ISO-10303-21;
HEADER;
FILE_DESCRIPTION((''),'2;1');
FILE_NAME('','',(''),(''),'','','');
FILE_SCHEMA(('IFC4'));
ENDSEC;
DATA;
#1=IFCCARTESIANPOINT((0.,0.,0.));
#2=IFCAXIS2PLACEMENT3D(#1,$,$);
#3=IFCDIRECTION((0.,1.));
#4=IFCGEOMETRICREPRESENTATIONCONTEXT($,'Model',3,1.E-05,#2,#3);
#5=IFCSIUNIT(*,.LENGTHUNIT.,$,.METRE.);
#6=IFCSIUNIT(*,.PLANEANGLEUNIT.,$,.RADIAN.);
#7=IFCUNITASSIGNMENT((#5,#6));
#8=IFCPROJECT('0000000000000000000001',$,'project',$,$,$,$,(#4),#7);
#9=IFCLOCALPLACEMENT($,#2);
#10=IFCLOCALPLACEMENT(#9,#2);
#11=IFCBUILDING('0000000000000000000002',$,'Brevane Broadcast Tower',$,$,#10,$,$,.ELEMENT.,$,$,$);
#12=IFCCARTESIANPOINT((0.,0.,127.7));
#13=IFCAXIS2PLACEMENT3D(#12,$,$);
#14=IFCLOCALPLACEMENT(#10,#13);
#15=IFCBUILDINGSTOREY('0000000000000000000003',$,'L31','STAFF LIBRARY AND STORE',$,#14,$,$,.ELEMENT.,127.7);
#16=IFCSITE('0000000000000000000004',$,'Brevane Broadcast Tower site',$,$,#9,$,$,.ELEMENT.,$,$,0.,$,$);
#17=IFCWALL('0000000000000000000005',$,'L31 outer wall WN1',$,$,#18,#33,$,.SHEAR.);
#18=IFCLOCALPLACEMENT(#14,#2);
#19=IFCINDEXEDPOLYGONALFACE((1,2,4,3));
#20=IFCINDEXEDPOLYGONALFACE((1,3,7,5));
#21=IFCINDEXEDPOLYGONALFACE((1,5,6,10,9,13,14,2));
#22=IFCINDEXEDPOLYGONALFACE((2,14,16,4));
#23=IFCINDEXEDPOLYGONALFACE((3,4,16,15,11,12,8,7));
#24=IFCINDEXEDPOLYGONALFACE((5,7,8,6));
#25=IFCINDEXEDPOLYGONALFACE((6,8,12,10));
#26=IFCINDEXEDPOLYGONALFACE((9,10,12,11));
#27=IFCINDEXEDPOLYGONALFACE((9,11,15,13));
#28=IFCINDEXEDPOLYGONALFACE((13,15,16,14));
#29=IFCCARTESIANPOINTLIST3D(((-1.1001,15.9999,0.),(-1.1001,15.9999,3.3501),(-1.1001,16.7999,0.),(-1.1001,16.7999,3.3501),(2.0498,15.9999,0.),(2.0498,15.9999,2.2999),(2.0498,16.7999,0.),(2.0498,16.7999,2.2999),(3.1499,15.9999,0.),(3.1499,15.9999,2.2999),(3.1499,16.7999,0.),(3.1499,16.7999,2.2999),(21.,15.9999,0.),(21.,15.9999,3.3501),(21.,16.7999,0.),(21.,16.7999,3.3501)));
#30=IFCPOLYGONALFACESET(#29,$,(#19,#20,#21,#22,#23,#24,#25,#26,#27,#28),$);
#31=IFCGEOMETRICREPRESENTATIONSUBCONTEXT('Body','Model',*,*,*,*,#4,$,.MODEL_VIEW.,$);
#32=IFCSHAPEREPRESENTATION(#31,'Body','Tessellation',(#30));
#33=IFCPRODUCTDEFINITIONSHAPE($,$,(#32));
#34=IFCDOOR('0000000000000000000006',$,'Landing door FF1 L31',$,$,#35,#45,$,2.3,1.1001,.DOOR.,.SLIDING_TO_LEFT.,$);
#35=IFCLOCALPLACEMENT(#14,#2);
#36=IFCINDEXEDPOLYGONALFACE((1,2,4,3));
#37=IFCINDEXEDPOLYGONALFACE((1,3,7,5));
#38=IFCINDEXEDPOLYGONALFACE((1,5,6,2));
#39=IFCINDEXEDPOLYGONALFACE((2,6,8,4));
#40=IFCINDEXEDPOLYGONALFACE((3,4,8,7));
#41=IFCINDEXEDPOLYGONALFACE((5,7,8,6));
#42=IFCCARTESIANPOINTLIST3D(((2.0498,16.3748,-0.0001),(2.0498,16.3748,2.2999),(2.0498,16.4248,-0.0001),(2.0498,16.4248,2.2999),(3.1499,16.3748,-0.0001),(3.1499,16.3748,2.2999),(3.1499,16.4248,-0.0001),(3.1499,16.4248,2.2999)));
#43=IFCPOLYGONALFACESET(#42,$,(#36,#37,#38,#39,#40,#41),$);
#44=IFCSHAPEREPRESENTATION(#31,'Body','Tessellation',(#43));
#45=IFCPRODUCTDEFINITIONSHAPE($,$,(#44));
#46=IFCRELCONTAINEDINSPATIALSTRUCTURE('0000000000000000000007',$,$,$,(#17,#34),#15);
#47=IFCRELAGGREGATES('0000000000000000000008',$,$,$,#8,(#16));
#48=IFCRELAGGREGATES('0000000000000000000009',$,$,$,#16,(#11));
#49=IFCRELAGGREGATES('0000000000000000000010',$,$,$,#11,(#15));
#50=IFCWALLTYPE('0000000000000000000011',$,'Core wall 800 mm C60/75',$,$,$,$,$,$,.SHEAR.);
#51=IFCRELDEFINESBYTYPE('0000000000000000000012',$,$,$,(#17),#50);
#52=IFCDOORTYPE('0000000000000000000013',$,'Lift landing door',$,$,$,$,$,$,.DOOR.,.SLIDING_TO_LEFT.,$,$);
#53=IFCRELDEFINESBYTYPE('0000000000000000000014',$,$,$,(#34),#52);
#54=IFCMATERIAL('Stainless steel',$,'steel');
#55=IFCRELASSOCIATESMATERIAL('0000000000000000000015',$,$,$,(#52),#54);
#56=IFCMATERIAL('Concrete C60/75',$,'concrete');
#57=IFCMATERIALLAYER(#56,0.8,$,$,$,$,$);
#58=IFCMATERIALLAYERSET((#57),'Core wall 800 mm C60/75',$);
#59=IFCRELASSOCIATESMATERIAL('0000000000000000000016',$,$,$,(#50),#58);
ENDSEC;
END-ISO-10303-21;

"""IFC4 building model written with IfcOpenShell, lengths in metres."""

from ifc_helpers import new_model, si_unit, direction, frame, frame_2d, origin, place, context, subcontext, project, spatial, rectangle, extrude, material, layer, layer_set, type_object, element, fill, save


model = new_model("IFC4")

# Units and contexts
model_context = context("Model", 3, precision=1e-05, world=origin(), true_north=direction((0.0, 1.0)))
body_context = subcontext(model_context, "Body", "Model", "MODEL_VIEW")
ifc_project = project(units=[si_unit("LENGTHUNIT", "METRE"), si_unit("PLANEANGLEUNIT", "RADIAN")], contexts=[model_context])

# Site, building, storey
site_placement = place(None, origin())
site = spatial("IfcSite", under=ifc_project, at=site_placement, Name="Brevane Broadcast Tower site", CompositionType="ELEMENT", RefElevation=0.0)
building_placement = place(site_placement, origin())
building = spatial("IfcBuilding", under=site, at=building_placement, Name="Brevane Broadcast Tower", CompositionType="ELEMENT")
storey_placement = place(building_placement, frame((0.0, 0.0, 127.7)))
storey = spatial("IfcBuildingStorey", under=building, at=storey_placement, Name="L31", Description="STAFF LIBRARY AND STORE", CompositionType="ELEMENT", Elevation=127.7)

# Shared definitions
ifc_material_1 = material(Name="Concrete C60/75", Category="concrete")
ifc_material_2 = material(Name="Stainless steel", Category="steel")
door_type = type_object("IfcDoorType", Name="Lift landing door", OperationType="SLIDING_TO_LEFT", PredefinedType="DOOR", material=ifc_material_2)

# Wall, opening, door
ifc_layer_1 = layer(ifc_material_1, 0.8)
ifc_layer_set_1 = layer_set([ifc_layer_1], Name="Core wall 800 mm C60/75")
wall_type_1 = type_object("IfcWallType", Name="Core wall 800 mm C60/75", PredefinedType="SHEAR", material=ifc_layer_set_1)
wall_1_placement = place(storey_placement, frame((-1.1001, 16.3999, 0.0), z_axis=(0.0, 0.0, 1.0), x_axis=(1.0, 0.0, 0.0)))
wall_1 = element("IfcWall", 1, at=wall_1_placement, inside=storey, type_object=wall_type_1, Name="L31 outer wall WN1", PredefinedType="SHEAR", context=body_context, shape_type="SweptSolid", body=[
    extrude(rectangle(XDim=22.1001, YDim=0.8, at=frame_2d((11.05, 0.0))), origin(), (0.0, 0.0, 1.0), 3.3501),
])
opening_1_placement = place(wall_1_placement, frame((3.1499, 0.0, 0.0)))
opening_1 = element("IfcOpeningElement", 2, at=opening_1_placement, cuts=wall_1, PredefinedType="OPENING", context=body_context, shape_type="SweptSolid", body=[
    extrude(rectangle(XDim=1.1001, YDim=2.3, at=frame_2d((0.55, 1.1499))), frame((0.0, 0.4099, 0.0), z_axis=(0.0, -1.0, 0.0), x_axis=(1.0, 0.0, 0.0)), (0.0, 0.0, 1.0), 0.8201),
])
door_1_placement = place(opening_1_placement, origin())
door_1 = element("IfcDoor", 3, at=door_1_placement, inside=storey, type_object=door_type, Name="Landing door FF1 L31", OperationType="SLIDING_TO_LEFT", OverallHeight=2.3, OverallWidth=1.1001, PredefinedType="DOOR", context=body_context, shape_type="SweptSolid", body=[
    extrude(rectangle(XDim=1.1001, YDim=2.3, at=frame_2d((0.55, 1.1499))), frame((0.0, 0.0249, 0.0), z_axis=(0.0, -1.0, 0.0), x_axis=(1.0, 0.0, 0.0)), (0.0, 0.0, 1.0), 0.05),
])
fill(opening_1, door_1)

save(model, "model.ifc")
